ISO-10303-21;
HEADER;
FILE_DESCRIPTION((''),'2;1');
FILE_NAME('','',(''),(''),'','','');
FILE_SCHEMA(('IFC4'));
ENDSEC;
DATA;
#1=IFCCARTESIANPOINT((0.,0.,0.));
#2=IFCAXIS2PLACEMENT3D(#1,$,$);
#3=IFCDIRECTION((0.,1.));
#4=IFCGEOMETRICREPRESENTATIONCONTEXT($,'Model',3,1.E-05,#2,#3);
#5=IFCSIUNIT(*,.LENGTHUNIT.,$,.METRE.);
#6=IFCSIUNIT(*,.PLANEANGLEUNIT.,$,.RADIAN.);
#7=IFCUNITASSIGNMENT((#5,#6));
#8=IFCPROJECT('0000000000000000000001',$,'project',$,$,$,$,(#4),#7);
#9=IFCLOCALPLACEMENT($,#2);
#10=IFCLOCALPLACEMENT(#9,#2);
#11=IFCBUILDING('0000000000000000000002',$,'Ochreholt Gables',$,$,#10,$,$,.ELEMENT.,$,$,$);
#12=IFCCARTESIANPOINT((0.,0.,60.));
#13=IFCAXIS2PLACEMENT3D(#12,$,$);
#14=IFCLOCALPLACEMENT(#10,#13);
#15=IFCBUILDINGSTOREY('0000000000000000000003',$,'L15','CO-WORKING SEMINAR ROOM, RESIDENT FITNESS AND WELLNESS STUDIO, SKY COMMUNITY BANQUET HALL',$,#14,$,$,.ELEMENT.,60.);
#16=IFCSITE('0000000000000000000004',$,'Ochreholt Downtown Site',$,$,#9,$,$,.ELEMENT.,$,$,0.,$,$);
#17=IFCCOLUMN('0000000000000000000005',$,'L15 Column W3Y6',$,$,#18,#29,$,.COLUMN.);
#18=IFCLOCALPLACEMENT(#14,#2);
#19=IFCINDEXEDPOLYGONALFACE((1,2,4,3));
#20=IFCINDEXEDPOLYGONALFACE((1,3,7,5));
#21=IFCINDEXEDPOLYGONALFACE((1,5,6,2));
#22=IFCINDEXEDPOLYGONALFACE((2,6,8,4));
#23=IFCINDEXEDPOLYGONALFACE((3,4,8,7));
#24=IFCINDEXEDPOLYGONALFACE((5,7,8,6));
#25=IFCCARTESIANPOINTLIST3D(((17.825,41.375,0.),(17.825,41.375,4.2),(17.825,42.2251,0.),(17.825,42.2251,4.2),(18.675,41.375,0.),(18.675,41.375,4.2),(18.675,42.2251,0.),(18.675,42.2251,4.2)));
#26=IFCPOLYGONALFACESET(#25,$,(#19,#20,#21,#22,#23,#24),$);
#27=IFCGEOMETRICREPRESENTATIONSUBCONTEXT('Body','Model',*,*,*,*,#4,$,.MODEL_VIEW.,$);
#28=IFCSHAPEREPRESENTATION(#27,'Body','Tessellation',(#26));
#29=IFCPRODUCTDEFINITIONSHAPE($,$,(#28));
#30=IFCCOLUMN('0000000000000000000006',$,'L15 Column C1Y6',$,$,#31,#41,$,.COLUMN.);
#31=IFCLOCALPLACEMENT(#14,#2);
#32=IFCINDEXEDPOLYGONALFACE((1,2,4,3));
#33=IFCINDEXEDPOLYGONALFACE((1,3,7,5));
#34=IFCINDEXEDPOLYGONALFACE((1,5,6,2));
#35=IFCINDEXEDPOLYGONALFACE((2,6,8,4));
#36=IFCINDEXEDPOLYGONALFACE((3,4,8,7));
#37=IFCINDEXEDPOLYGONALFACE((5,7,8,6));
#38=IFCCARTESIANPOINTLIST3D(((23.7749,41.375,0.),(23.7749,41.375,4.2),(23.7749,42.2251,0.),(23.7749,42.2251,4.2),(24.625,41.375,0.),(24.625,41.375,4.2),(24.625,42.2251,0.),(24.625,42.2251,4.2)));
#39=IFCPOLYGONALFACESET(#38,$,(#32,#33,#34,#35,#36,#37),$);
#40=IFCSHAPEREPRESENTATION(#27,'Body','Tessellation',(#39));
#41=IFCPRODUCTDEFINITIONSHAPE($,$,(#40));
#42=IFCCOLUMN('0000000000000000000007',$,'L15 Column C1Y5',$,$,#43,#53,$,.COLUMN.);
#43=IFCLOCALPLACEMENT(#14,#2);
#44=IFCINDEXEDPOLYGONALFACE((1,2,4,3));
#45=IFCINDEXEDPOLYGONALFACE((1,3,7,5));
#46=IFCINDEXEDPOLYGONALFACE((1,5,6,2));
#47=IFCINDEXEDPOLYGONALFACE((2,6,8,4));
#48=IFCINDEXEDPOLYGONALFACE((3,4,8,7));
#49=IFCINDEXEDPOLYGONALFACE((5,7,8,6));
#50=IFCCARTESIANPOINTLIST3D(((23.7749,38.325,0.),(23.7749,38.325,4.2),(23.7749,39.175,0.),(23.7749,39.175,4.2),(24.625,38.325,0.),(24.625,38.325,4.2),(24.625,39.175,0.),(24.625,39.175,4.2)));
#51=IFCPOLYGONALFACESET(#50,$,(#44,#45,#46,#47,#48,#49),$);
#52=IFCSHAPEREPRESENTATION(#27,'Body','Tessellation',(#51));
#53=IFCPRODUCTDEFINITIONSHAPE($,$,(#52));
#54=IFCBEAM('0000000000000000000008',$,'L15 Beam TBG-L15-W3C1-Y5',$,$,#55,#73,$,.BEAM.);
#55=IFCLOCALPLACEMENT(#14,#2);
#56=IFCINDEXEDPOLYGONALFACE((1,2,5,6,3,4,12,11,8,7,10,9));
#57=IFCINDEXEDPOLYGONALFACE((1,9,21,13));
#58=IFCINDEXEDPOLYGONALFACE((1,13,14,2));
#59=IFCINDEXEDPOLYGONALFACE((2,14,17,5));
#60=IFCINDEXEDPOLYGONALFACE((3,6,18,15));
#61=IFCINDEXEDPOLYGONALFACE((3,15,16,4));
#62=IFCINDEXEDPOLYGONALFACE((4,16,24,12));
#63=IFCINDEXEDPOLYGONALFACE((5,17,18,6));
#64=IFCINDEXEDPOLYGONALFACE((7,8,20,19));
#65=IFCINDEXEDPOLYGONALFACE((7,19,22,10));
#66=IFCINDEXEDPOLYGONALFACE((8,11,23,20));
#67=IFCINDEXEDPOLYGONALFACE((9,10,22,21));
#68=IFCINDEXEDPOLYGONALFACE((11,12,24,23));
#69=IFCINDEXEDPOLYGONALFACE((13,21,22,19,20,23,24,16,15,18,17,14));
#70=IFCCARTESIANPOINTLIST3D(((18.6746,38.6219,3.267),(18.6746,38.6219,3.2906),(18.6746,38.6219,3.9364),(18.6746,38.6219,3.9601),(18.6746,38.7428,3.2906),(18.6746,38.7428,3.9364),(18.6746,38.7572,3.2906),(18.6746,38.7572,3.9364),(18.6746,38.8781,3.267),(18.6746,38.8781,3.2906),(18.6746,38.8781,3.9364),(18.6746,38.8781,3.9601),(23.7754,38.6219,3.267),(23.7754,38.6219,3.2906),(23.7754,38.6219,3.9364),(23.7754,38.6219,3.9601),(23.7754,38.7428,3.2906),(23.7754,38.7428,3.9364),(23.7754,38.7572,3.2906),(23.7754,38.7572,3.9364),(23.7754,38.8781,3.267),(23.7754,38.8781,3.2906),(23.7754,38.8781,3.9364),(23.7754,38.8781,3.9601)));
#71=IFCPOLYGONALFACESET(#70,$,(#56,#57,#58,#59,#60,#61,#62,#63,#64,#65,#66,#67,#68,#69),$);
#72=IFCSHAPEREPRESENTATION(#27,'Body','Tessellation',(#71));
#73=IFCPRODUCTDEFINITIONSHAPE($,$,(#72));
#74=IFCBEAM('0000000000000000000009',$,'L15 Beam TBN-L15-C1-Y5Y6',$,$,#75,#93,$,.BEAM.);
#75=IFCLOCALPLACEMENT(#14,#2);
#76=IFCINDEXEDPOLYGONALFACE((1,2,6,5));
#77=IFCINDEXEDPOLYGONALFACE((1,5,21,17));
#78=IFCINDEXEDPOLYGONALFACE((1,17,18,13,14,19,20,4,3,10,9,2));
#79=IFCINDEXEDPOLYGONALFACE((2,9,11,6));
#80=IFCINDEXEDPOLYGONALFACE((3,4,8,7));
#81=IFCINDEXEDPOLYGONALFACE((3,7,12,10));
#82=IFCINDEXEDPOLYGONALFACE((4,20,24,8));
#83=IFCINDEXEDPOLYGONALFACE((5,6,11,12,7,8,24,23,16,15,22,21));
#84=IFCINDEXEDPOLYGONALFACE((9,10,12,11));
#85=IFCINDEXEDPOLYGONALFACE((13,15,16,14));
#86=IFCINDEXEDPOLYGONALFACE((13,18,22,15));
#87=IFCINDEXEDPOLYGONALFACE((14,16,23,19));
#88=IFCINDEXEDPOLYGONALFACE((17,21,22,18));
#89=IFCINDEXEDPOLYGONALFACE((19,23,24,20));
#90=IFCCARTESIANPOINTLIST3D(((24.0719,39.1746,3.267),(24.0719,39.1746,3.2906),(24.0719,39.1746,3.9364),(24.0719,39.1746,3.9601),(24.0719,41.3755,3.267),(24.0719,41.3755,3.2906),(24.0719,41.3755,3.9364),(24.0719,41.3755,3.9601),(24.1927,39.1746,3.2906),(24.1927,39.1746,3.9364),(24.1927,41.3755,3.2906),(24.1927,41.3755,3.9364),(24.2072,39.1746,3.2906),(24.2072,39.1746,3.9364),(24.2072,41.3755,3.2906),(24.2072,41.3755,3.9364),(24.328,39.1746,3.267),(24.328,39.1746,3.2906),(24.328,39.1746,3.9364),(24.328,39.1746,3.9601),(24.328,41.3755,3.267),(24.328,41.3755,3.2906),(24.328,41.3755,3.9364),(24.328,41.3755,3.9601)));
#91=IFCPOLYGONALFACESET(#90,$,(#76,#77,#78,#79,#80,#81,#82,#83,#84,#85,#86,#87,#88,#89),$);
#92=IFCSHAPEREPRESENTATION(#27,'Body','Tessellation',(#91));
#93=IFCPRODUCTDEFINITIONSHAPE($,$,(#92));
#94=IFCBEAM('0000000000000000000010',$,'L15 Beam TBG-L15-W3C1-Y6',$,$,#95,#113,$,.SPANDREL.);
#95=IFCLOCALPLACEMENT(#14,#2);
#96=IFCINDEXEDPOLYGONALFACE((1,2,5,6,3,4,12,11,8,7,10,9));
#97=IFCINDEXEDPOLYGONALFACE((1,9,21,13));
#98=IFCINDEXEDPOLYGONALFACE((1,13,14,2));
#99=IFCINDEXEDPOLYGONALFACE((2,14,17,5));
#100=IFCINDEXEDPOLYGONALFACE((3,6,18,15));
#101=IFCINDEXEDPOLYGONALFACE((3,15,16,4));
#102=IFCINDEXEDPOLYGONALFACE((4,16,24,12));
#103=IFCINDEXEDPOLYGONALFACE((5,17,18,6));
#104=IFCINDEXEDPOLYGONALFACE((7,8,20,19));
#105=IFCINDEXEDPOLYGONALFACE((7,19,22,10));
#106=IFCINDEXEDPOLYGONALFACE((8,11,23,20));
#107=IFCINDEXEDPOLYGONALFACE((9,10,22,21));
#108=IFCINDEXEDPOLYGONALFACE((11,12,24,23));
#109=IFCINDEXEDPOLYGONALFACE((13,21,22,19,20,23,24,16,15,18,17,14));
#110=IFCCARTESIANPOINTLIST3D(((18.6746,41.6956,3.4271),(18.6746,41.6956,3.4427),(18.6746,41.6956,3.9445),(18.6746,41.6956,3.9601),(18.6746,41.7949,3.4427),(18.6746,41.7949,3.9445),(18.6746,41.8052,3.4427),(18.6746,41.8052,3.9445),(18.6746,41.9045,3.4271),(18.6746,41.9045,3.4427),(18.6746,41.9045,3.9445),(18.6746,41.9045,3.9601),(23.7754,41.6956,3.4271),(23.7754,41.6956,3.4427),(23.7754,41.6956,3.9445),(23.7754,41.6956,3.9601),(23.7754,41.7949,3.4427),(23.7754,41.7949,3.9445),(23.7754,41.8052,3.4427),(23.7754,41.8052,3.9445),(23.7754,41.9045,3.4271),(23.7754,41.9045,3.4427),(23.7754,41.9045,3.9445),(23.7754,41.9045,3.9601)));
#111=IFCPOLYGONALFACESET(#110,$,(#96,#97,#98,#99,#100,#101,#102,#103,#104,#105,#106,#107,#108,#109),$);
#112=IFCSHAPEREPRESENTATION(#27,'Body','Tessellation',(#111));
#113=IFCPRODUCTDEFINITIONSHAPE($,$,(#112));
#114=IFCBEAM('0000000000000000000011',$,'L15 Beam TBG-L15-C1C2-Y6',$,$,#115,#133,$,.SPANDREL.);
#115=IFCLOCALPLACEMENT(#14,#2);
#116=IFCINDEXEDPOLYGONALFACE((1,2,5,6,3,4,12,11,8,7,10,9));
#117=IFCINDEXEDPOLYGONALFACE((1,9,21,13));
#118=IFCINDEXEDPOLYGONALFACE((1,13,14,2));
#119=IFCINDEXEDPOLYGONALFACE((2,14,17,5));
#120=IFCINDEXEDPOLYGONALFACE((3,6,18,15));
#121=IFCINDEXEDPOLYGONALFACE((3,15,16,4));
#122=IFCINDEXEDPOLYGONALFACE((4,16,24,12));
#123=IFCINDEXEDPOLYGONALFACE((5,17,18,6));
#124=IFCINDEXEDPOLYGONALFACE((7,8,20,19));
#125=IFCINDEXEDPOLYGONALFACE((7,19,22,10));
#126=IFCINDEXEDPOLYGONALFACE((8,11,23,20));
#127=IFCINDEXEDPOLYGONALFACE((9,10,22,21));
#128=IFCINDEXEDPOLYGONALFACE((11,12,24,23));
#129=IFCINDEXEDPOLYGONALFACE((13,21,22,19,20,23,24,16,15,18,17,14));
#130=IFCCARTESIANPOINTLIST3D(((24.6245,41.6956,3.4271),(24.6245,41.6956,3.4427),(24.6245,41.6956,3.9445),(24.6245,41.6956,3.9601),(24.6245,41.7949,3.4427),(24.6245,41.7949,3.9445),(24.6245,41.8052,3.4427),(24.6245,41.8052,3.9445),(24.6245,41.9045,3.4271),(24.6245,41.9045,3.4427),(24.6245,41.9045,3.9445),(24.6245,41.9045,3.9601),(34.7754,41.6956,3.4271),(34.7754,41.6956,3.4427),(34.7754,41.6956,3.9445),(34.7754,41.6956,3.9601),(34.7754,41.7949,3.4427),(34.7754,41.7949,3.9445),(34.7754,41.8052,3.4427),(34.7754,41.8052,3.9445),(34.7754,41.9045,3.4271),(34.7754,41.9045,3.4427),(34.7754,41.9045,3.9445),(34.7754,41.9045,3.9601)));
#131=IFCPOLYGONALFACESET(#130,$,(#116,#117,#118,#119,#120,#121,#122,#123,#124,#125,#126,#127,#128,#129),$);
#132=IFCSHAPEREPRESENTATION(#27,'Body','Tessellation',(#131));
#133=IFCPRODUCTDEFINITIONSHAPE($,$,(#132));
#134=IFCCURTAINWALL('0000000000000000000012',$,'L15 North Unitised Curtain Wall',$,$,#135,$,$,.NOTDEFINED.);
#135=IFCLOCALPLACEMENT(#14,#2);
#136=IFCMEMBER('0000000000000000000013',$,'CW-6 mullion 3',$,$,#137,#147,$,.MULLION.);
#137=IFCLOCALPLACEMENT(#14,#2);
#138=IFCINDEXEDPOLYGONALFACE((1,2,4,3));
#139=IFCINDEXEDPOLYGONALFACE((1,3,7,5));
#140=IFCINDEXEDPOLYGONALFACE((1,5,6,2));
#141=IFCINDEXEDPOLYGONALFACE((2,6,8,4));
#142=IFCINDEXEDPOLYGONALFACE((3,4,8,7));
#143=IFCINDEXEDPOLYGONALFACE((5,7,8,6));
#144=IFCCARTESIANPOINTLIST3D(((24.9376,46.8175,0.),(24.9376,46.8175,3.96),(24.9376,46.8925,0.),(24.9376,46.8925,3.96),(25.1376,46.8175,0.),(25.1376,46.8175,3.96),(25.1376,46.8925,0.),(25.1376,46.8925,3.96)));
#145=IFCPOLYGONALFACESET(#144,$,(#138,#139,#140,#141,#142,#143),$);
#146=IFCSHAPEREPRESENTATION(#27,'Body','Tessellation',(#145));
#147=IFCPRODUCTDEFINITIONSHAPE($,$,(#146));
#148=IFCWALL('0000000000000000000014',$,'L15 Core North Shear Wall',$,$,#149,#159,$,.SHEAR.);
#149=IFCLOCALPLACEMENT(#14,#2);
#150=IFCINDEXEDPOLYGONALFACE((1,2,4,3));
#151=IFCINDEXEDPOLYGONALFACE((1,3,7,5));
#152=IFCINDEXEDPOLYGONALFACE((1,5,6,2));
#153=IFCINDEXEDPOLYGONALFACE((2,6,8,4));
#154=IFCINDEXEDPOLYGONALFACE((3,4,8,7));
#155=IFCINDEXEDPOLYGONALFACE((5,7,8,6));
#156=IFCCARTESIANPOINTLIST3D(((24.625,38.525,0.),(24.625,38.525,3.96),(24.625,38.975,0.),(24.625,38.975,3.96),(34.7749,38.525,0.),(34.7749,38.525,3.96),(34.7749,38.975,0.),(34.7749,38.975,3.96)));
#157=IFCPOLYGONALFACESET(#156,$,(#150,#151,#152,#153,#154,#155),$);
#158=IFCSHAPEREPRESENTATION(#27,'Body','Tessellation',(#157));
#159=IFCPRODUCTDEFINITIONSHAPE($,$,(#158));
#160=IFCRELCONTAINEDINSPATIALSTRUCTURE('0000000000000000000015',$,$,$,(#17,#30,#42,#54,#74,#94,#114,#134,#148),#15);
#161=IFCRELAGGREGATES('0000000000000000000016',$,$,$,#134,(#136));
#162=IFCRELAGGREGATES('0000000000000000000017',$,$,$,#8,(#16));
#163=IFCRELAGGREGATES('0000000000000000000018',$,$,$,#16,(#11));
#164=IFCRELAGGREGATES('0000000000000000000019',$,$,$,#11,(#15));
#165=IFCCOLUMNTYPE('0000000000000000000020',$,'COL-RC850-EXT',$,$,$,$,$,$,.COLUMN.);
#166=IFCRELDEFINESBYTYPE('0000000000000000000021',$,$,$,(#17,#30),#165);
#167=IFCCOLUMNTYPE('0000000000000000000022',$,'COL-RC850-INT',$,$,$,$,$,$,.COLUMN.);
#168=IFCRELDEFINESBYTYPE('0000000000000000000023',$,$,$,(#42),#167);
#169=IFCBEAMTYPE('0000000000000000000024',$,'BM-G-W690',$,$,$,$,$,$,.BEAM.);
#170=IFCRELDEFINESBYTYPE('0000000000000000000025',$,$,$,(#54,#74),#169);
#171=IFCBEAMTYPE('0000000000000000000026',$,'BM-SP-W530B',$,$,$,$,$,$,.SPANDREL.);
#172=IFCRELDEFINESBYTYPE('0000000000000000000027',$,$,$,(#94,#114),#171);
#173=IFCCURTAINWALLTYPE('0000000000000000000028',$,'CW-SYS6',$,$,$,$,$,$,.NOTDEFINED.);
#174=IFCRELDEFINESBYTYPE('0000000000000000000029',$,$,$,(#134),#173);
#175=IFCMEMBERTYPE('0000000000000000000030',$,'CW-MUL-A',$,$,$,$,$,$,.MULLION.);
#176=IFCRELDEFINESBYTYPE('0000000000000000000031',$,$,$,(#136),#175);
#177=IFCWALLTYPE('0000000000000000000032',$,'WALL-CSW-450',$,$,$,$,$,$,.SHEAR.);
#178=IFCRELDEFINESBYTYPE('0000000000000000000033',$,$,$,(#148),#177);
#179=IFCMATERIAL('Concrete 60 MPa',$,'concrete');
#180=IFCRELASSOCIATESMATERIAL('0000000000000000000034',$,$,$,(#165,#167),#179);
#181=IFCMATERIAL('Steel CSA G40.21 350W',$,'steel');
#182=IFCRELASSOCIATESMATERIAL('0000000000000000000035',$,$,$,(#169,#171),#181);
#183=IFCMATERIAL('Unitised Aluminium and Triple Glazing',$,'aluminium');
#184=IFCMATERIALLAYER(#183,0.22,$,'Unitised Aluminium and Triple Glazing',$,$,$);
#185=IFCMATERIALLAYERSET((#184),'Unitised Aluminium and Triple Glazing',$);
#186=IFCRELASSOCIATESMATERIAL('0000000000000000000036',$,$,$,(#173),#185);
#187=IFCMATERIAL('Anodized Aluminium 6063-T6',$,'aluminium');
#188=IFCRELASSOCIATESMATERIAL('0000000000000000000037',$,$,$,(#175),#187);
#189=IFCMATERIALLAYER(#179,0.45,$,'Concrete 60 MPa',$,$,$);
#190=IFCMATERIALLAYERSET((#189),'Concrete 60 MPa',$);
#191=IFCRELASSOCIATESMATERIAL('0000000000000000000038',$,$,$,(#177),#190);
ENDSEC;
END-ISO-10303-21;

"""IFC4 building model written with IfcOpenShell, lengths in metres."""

from ifc_helpers import new_model, si_unit, direction, frame, frame_2d, origin, origin_2d, place, context, subcontext, project, spatial, rectangle, i_section, extrude, material, layer, layer_set, material_profile, profile_set, type_object, element, aggregate, save


model = new_model("IFC4")

# Units and contexts
model_context = context("Model", 3, precision=1e-05, world=origin(), true_north=direction((0.0, 1.0)))
body_context = subcontext(model_context, "Body", "Model", "MODEL_VIEW")
ifc_project = project(units=[si_unit("LENGTHUNIT", "METRE"), si_unit("PLANEANGLEUNIT", "RADIAN")], contexts=[model_context])

# Site, building, storey
site_placement = place(None, origin())
site = spatial("IfcSite", under=ifc_project, at=site_placement, Name="Ochreholt Downtown Site", CompositionType="ELEMENT", RefElevation=0.0)
building_placement = place(site_placement, origin())
building = spatial("IfcBuilding", under=site, at=building_placement, Name="Ochreholt Gables", CompositionType="ELEMENT")
storey_placement = place(building_placement, frame((0.0, 0.0, 60.0)))
storey = spatial("IfcBuildingStorey", under=building, at=storey_placement, Name="L15", Description="CO-WORKING SEMINAR ROOM, RESIDENT FITNESS AND WELLNESS STUDIO, SKY COMMUNITY BANQUET HALL", CompositionType="ELEMENT", Elevation=60.0)

# Columns
ifc_material_1 = material(Name="Concrete 60 MPa", Category="concrete")
ifc_material_profile_1 = material_profile(ifc_material_1, rectangle(XDim=0.8501, YDim=0.8501, at=origin_2d()), Name="RC850X850")
ifc_profile_set_1 = profile_set([ifc_material_profile_1], Name="Concrete 60 MPa")
column_type_1 = type_object("IfcColumnType", Name="COL-RC850-EXT", PredefinedType="COLUMN", material=ifc_profile_set_1)
for number, where, z_axis, x_axis, name in (
    (1, (18.25, 41.8, 0.0), (0.0, 0.0, 1.0), (1.0, 0.0, 0.0), "L15 Column W3Y6"),
    (2, (24.2, 41.8, 0.0), (0.0, 0.0, 1.0), (1.0, 0.0, 0.0), "L15 Column C1Y6"),
):
    element("IfcColumn", number, at=place(storey_placement, frame(where, z_axis=z_axis, x_axis=x_axis)), inside=storey, type_object=column_type_1, Name=name, PredefinedType="COLUMN", context=body_context, shape_type="SweptSolid", body=[
        extrude(rectangle(XDim=0.8501, YDim=0.8501, at=origin_2d()), origin(), (0.0, 0.0, 1.0), 4.2),
    ])
ifc_material_profile_2 = material_profile(ifc_material_1, rectangle(XDim=0.8501, YDim=0.8501, at=origin_2d()), Name="RC850X850")
ifc_profile_set_2 = profile_set([ifc_material_profile_2], Name="Concrete 60 MPa")
column_type_2 = type_object("IfcColumnType", Name="COL-RC850-INT", PredefinedType="COLUMN", material=ifc_profile_set_2)
column_placement = place(storey_placement, frame((24.2, 38.75, 0.0), z_axis=(0.0, 0.0, 1.0), x_axis=(1.0, 0.0, 0.0)))
element("IfcColumn", 3, at=column_placement, inside=storey, type_object=column_type_2, Name="L15 Column C1Y5", PredefinedType="COLUMN", context=body_context, shape_type="SweptSolid", body=[
    extrude(rectangle(XDim=0.8501, YDim=0.8501, at=origin_2d()), origin(), (0.0, 0.0, 1.0), 4.2),
])

# Beams
ifc_material_2 = material(Name="Steel CSA G40.21 350W", Category="steel")
ifc_material_profile_3 = material_profile(ifc_material_2, i_section(OverallWidth=0.2561, OverallDepth=0.6931, WebThickness=0.0144, FlangeThickness=0.0237, at=origin_2d()), Name="W690X170")
ifc_profile_set_3 = profile_set([ifc_material_profile_3], Name="Steel CSA G40.21 350W")
beam_type_1 = type_object("IfcBeamType", Name="BM-G-W690", PredefinedType="BEAM", material=ifc_profile_set_3)
beam_1_placement = place(storey_placement, frame((18.6746, 38.75, 3.6135), z_axis=(1.0, 0.0, 0.0), x_axis=(0.0, 1.0, 0.0)))
element("IfcBeam", 4, at=beam_1_placement, inside=storey, type_object=beam_type_1, Name="L15 Beam TBG-L15-W3C1-Y5", PredefinedType="BEAM", context=body_context, shape_type="SweptSolid", body=[
    extrude(i_section(OverallWidth=0.2561, OverallDepth=0.6931, WebThickness=0.0144, FlangeThickness=0.0237, at=origin_2d()), origin(), (0.0, 0.0, 1.0), 5.1008),
])
beam_2_placement = place(storey_placement, frame((24.2, 39.1746, 3.6135), z_axis=(0.0, 1.0, 0.0), x_axis=(-1.0, 0.0, 0.0)))
element("IfcBeam", 5, at=beam_2_placement, inside=storey, type_object=beam_type_1, Name="L15 Beam TBN-L15-C1-Y5Y6", PredefinedType="BEAM", context=body_context, shape_type="SweptSolid", body=[
    extrude(i_section(OverallWidth=0.2561, OverallDepth=0.6931, WebThickness=0.0144, FlangeThickness=0.0237, at=origin_2d()), origin(), (0.0, 0.0, 1.0), 2.2009),
])
ifc_material_profile_4 = material_profile(ifc_material_2, i_section(OverallWidth=0.209, OverallDepth=0.533, WebThickness=0.0103, FlangeThickness=0.0156, at=origin_2d()), Name="W530X92")
ifc_profile_set_4 = profile_set([ifc_material_profile_4], Name="Steel CSA G40.21 350W")
beam_type_2 = type_object("IfcBeamType", Name="BM-SP-W530B", PredefinedType="SPANDREL", material=ifc_profile_set_4)
beam_3_placement = place(storey_placement, frame((18.6746, 41.8, 3.6936), z_axis=(1.0, 0.0, 0.0), x_axis=(0.0, 1.0, 0.0)))
element("IfcBeam", 6, at=beam_3_placement, inside=storey, type_object=beam_type_2, Name="L15 Beam TBG-L15-W3C1-Y6", PredefinedType="SPANDREL", context=body_context, shape_type="SweptSolid", body=[
    extrude(i_section(OverallWidth=0.209, OverallDepth=0.533, WebThickness=0.0103, FlangeThickness=0.0156, at=origin_2d()), origin(), (0.0, 0.0, 1.0), 5.1008),
])
beam_4_placement = place(storey_placement, frame((24.6245, 41.8, 3.6936), z_axis=(1.0, 0.0, 0.0), x_axis=(0.0, 1.0, 0.0)))
element("IfcBeam", 7, at=beam_4_placement, inside=storey, type_object=beam_type_2, Name="L15 Beam TBG-L15-C1C2-Y6", PredefinedType="SPANDREL", context=body_context, shape_type="SweptSolid", body=[
    extrude(i_section(OverallWidth=0.209, OverallDepth=0.533, WebThickness=0.0103, FlangeThickness=0.0156, at=origin_2d()), origin(), (0.0, 0.0, 1.0), 10.1509),
])

# Curtain wall, member
ifc_material_3 = material(Name="Unitised Aluminium and Triple Glazing", Category="aluminium")
ifc_layer_1 = layer(ifc_material_3, 0.22, Name="Unitised Aluminium and Triple Glazing")
ifc_layer_set_1 = layer_set([ifc_layer_1], Name="Unitised Aluminium and Triple Glazing")
curtain_wall_type = type_object("IfcCurtainWallType", Name="CW-SYS6", PredefinedType="NOTDEFINED", material=ifc_layer_set_1)
curtain_wall_placement = place(storey_placement, origin())
curtain_wall = element("IfcCurtainWall", 8, at=curtain_wall_placement, inside=storey, type_object=curtain_wall_type, Name="L15 North Unitised Curtain Wall", PredefinedType="NOTDEFINED")
ifc_material_4 = material(Name="Anodized Aluminium 6063-T6", Category="aluminium")
ifc_material_profile_5 = material_profile(ifc_material_4, rectangle(XDim=0.075, YDim=0.2, at=origin_2d()), Name="CWM75X200")
ifc_profile_set_5 = profile_set([ifc_material_profile_5], Name="Anodized Aluminium 6063-T6")
member_type = type_object("IfcMemberType", Name="CW-MUL-A", PredefinedType="MULLION", material=ifc_profile_set_5)
member_placement = place(storey_placement, frame((25.0376, 46.855, 0.0), z_axis=(0.0, 0.0, 1.0), x_axis=(0.0, -1.0, 0.0)))
member = element("IfcMember", 9, at=member_placement, type_object=member_type, Name="CW-6 mullion 3", PredefinedType="MULLION", context=body_context, shape_type="SweptSolid", body=[
    extrude(rectangle(XDim=0.075, YDim=0.2, at=origin_2d()), origin(), (0.0, 0.0, 1.0), 3.96),
])
aggregate(curtain_wall, [member])

# Wall
ifc_layer_2 = layer(ifc_material_1, 0.45, Name="Concrete 60 MPa")
ifc_layer_set_2 = layer_set([ifc_layer_2], Name="Concrete 60 MPa")
wall_type_1 = type_object("IfcWallType", Name="WALL-CSW-450", PredefinedType="SHEAR", material=ifc_layer_set_2)
wall_1_placement = place(storey_placement, frame((24.625, 38.75, 0.0), z_axis=(0.0, 0.0, 1.0), x_axis=(1.0, 0.0, 0.0)))
element("IfcWall", 10, at=wall_1_placement, inside=storey, type_object=wall_type_1, Name="L15 Core North Shear Wall", PredefinedType="SHEAR", context=body_context, shape_type="SweptSolid", body=[
    extrude(rectangle(XDim=10.1499, YDim=0.45, at=frame_2d((5.075, 0.0))), origin(), (0.0, 0.0, 1.0), 3.96),
])

save(model, "model.ifc")
